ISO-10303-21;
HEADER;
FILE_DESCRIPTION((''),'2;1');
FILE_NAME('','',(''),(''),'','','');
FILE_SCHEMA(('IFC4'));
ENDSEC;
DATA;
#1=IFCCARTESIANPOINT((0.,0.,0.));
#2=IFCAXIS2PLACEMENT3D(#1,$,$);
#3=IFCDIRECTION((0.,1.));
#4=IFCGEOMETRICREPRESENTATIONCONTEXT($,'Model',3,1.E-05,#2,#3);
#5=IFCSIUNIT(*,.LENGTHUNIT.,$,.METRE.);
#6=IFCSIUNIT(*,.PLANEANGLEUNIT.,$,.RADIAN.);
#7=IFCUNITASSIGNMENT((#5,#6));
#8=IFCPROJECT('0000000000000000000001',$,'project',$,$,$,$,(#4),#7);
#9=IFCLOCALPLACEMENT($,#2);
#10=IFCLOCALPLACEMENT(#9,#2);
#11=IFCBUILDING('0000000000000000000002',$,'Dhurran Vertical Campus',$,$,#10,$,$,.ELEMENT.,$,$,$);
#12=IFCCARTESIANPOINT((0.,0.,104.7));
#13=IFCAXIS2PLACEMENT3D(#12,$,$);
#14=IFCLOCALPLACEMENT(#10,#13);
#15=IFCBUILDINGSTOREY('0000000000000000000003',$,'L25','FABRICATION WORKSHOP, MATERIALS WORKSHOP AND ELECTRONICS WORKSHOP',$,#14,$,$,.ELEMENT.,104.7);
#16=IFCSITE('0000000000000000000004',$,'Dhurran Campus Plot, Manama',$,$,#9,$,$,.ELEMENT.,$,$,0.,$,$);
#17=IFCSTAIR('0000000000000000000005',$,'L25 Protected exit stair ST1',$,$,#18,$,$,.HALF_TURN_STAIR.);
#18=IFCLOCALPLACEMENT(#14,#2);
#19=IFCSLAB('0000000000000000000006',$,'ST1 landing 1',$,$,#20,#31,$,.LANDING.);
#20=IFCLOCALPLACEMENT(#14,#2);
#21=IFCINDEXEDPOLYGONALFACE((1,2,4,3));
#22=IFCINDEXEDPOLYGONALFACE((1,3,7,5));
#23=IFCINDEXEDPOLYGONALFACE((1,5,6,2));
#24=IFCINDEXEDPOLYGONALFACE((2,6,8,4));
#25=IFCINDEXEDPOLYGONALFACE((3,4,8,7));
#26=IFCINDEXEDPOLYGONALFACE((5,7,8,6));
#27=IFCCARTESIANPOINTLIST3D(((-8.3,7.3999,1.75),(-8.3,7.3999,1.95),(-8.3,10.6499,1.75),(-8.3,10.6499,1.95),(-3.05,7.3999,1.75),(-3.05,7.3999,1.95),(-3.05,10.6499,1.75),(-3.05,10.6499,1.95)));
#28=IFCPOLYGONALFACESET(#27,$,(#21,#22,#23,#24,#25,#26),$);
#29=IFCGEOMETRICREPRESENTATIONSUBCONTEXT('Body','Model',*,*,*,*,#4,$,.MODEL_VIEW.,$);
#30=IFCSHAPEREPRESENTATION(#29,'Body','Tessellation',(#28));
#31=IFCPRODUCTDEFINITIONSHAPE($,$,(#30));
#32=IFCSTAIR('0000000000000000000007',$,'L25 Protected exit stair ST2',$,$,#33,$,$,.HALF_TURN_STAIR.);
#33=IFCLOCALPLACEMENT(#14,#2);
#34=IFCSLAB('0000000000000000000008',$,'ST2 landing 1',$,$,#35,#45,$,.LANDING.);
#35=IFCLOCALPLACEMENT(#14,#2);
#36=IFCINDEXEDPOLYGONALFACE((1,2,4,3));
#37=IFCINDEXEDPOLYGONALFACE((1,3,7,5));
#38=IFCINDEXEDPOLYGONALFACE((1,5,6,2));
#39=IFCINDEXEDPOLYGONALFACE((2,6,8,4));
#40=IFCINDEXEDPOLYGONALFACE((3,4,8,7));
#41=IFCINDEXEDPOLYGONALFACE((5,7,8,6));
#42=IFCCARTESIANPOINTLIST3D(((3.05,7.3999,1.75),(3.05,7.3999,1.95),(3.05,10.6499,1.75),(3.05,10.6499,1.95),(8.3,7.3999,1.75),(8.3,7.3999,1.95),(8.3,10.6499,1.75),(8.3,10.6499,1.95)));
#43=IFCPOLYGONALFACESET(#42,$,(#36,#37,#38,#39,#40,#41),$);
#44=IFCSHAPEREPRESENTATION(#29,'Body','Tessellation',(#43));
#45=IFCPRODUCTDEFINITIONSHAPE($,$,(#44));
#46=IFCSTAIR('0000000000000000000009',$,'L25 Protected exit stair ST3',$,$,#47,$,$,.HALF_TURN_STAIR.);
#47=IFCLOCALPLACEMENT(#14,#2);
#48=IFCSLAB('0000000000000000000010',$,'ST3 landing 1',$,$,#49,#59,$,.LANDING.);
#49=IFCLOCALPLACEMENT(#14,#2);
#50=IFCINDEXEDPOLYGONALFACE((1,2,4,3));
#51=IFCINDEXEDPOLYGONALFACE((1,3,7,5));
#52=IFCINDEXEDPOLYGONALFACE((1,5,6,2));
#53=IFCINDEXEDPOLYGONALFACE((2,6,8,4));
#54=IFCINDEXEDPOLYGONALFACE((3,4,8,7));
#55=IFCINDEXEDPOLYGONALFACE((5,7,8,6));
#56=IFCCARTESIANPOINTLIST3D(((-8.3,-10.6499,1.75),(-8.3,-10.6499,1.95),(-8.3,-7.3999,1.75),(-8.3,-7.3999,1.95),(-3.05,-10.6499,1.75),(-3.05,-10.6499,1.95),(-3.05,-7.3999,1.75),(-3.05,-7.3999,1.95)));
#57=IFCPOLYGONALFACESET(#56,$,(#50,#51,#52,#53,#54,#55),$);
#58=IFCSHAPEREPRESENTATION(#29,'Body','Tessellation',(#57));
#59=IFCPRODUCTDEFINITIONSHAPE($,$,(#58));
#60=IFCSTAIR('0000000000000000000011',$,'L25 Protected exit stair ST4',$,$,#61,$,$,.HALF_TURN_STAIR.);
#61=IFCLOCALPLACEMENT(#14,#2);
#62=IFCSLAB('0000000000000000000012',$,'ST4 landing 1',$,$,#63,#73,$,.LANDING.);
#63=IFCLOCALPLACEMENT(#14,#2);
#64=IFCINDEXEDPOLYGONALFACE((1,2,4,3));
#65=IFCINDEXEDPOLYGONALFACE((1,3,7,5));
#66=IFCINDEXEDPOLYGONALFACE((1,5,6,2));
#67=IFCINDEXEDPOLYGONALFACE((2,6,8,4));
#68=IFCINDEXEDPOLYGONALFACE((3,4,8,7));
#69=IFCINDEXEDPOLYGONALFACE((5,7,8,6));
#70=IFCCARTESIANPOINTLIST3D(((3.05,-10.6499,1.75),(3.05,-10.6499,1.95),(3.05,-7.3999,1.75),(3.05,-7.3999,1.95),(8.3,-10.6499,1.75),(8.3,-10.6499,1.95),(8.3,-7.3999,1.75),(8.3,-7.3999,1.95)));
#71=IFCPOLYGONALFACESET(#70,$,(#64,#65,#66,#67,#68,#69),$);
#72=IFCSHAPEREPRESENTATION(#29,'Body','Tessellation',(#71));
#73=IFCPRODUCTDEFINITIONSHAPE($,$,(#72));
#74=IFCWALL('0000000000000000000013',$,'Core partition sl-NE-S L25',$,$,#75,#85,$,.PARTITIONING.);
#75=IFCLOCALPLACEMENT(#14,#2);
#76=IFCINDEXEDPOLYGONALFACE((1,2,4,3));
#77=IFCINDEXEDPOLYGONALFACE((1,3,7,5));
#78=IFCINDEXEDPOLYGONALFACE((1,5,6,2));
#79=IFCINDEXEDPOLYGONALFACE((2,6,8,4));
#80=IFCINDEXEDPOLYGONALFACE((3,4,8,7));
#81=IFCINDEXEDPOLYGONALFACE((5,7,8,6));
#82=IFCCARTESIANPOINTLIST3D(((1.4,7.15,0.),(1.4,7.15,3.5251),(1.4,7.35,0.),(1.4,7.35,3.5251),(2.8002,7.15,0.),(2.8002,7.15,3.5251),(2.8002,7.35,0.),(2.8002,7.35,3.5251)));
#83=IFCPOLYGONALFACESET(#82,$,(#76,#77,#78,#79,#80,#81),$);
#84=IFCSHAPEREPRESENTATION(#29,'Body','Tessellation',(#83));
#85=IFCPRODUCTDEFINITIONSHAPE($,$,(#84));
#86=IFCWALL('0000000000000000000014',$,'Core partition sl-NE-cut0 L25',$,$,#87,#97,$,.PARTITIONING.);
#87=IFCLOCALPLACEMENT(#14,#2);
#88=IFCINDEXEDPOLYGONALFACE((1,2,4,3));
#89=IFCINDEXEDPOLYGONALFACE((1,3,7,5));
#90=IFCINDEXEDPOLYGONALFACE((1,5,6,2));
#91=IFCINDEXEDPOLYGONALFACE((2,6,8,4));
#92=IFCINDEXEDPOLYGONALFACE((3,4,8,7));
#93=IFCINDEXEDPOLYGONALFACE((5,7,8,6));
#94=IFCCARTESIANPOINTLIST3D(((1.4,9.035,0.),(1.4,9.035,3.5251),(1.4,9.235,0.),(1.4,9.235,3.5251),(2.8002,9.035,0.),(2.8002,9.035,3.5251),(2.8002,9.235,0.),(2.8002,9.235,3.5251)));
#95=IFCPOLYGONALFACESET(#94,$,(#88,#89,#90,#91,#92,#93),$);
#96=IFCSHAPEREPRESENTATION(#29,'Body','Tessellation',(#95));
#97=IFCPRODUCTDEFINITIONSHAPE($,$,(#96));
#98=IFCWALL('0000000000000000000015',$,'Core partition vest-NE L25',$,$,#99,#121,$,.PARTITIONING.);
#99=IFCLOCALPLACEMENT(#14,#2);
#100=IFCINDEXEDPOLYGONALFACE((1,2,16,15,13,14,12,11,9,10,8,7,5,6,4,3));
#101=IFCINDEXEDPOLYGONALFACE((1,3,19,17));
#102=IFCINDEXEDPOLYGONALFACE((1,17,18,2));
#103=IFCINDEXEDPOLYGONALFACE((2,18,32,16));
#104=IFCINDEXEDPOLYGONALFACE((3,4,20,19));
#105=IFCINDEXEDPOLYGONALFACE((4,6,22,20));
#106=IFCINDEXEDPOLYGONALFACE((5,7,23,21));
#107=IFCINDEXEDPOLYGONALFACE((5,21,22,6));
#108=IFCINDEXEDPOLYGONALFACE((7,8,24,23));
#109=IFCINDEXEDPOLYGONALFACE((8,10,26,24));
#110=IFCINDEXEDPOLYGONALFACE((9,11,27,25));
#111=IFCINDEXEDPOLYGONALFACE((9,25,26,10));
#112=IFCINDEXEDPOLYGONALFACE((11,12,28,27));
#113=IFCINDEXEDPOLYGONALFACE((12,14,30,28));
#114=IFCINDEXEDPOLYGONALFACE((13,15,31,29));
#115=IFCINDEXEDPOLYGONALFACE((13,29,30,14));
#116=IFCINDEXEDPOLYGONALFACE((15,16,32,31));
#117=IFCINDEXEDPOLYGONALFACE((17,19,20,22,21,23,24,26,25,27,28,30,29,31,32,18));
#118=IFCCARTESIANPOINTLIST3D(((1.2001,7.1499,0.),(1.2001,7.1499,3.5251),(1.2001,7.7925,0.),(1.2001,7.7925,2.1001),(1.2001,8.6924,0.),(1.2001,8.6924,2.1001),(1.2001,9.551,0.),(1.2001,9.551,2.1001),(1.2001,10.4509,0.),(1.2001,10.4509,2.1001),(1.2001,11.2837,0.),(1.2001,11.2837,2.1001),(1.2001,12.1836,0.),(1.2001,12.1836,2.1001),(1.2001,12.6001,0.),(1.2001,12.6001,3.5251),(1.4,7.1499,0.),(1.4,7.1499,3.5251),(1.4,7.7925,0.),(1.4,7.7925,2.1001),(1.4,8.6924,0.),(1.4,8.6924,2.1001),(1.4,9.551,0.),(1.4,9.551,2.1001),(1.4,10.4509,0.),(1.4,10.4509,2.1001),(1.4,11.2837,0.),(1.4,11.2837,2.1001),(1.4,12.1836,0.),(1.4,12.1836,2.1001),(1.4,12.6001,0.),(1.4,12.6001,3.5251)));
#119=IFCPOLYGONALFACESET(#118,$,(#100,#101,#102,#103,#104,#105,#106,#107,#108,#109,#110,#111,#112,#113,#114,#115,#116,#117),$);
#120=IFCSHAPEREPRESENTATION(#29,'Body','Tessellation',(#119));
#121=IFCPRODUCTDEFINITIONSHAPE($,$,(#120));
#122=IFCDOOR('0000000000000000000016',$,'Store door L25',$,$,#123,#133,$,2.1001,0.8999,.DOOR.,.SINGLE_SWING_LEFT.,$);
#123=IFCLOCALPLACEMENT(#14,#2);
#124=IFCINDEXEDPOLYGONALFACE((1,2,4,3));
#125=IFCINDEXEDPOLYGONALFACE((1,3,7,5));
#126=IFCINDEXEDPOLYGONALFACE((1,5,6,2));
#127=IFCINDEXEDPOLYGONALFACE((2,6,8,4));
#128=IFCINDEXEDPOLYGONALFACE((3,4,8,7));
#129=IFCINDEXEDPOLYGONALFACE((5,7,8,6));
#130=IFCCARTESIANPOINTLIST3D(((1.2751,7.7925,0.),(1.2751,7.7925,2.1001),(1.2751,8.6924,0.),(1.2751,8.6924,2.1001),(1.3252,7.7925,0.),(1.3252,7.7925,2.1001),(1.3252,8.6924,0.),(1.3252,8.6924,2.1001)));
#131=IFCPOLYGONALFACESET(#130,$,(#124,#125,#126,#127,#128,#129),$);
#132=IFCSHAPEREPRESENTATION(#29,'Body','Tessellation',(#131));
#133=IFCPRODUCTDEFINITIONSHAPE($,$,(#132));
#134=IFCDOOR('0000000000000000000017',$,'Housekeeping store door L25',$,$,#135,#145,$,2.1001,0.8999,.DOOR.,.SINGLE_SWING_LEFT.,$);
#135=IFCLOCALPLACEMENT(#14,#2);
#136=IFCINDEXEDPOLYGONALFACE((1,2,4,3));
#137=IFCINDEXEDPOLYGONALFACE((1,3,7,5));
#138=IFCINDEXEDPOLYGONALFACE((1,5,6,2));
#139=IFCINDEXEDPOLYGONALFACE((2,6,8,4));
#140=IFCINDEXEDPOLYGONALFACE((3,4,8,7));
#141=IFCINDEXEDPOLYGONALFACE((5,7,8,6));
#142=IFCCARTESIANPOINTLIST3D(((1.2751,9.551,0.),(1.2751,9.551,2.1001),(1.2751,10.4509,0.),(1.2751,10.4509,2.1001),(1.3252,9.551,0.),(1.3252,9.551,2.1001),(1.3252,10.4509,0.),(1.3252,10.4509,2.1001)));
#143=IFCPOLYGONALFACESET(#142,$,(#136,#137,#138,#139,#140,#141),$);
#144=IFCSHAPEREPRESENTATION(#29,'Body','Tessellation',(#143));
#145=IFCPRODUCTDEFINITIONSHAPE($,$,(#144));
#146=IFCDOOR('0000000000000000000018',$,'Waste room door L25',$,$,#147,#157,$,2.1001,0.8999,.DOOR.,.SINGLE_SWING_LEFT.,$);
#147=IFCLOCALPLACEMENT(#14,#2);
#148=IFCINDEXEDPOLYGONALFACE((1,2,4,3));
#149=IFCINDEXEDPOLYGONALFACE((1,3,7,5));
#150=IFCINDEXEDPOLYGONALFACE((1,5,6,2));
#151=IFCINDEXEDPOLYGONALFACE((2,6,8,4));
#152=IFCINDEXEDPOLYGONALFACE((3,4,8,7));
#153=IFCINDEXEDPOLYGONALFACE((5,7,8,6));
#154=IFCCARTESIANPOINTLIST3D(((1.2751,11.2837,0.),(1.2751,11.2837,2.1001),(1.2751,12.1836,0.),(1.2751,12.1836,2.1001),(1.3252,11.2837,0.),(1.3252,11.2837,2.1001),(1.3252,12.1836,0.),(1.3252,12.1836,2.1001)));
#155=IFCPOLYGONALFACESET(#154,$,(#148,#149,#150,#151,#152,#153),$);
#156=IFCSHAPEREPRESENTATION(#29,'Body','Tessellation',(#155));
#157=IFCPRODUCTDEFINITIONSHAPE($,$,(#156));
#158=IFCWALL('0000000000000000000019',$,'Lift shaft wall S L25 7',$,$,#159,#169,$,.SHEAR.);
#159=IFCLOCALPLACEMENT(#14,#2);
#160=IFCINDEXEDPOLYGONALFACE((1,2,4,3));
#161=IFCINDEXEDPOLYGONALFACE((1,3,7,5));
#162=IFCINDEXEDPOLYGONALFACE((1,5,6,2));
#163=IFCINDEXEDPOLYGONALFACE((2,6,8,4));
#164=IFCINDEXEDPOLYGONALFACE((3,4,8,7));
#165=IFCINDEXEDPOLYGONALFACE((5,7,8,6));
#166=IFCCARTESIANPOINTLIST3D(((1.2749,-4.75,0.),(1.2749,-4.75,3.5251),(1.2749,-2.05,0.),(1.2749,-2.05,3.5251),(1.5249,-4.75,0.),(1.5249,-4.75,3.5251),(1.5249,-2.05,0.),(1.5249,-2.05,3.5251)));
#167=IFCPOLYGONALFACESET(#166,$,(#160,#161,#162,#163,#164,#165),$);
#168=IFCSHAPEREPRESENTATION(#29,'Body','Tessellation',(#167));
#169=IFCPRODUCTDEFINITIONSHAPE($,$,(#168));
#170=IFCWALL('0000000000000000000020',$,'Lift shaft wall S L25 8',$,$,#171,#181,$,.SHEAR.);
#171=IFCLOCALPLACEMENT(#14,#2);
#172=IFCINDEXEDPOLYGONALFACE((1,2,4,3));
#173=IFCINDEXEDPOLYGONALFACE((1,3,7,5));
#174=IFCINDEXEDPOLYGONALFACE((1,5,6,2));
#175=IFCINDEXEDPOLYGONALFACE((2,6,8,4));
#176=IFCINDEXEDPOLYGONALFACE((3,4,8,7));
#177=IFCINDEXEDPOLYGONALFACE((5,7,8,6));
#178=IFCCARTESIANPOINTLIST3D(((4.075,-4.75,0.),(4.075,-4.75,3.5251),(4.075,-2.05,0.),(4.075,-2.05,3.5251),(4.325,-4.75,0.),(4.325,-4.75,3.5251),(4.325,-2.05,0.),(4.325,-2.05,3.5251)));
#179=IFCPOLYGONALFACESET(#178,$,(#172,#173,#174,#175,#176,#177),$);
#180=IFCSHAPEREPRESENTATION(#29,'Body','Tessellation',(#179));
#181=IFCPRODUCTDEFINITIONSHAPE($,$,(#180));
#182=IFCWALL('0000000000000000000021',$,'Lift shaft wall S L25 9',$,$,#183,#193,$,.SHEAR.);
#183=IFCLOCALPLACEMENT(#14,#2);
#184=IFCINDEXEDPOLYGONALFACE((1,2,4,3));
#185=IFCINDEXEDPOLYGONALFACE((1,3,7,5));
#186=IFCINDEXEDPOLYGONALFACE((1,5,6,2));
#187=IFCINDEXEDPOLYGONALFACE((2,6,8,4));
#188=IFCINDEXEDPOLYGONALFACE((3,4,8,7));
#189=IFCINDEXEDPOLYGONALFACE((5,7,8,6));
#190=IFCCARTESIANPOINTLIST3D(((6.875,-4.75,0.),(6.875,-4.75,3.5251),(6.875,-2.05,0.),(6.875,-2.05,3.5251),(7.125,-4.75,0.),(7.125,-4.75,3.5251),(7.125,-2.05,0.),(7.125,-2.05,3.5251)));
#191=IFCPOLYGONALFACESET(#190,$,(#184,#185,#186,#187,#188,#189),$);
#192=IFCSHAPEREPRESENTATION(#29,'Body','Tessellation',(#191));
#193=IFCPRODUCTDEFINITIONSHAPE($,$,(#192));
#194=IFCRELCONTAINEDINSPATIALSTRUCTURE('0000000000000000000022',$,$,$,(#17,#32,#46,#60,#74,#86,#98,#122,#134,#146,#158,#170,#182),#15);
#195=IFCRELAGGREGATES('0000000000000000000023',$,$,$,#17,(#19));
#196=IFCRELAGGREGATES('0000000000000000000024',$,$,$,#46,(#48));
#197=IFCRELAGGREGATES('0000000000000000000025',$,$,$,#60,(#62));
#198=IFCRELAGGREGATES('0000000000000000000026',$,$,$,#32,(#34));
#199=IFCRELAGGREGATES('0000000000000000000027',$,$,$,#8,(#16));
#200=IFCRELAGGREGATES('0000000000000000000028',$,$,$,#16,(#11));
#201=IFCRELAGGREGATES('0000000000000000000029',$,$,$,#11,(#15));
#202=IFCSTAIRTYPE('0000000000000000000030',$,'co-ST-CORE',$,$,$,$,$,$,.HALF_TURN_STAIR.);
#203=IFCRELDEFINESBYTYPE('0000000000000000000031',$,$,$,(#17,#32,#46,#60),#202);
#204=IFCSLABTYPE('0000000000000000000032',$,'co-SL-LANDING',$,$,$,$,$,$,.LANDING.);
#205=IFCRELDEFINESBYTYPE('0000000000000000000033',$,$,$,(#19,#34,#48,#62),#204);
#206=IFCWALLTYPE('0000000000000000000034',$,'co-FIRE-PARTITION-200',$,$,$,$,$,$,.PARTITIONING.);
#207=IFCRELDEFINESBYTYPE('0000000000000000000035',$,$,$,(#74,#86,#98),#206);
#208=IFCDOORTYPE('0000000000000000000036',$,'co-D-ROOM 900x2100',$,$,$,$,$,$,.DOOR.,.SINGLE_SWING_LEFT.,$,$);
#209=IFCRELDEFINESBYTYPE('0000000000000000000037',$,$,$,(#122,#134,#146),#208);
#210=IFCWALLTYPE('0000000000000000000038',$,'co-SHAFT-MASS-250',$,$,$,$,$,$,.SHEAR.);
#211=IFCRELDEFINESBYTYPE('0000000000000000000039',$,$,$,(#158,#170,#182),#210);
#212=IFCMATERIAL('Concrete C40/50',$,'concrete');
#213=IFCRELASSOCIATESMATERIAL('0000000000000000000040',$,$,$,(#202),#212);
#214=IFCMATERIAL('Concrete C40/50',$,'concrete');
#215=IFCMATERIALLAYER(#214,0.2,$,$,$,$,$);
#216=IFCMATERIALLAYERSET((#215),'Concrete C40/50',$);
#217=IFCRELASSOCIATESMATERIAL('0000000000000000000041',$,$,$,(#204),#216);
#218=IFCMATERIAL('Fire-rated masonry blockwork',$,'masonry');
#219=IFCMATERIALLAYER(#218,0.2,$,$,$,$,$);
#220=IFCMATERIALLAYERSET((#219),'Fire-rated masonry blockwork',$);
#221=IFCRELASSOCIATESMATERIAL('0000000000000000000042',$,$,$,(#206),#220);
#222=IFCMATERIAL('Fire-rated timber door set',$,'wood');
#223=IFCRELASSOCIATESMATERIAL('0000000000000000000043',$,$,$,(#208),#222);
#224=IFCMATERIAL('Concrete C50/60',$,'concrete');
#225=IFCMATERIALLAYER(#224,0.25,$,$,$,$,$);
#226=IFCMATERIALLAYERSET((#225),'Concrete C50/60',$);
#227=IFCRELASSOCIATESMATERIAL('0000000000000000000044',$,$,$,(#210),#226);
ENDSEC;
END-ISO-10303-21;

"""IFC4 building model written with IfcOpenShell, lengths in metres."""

from ifc_helpers import new_model, si_unit, direction, frame, frame_2d, origin, place, context, subcontext, project, spatial, polyline, rectangle, outline, extrude, material, layer, layer_set, type_object, element, fill, aggregate, save


model = new_model("IFC4")

# Units and contexts
model_context = context("Model", 3, precision=1e-05, world=origin(), true_north=direction((0.0, 1.0)))
body_context = subcontext(model_context, "Body", "Model", "MODEL_VIEW")
ifc_project = project(units=[si_unit("LENGTHUNIT", "METRE"), si_unit("PLANEANGLEUNIT", "RADIAN")], contexts=[model_context])

# Site, building, storey
site_placement = place(None, origin())
site = spatial("IfcSite", under=ifc_project, at=site_placement, Name="Dhurran Campus Plot, Manama", CompositionType="ELEMENT", RefElevation=0.0)
building_placement = place(site_placement, origin())
building = spatial("IfcBuilding", under=site, at=building_placement, Name="Dhurran Vertical Campus", CompositionType="ELEMENT")
storey_placement = place(building_placement, frame((0.0, 0.0, 104.7)))
storey = spatial("IfcBuildingStorey", under=building, at=storey_placement, Name="L25", Description="FABRICATION WORKSHOP, MATERIALS WORKSHOP AND ELECTRONICS WORKSHOP", CompositionType="ELEMENT", Elevation=104.7)

# Stairs, slabs
ifc_material_1 = material(Name="Concrete C40/50", Category="concrete")
stair_type = type_object("IfcStairType", Name="co-ST-CORE", PredefinedType="HALF_TURN_STAIR", material=ifc_material_1)
stair_1_placement = place(storey_placement, origin())
stair_1 = element("IfcStair", 1, at=stair_1_placement, inside=storey, type_object=stair_type, Name="L25 Protected exit stair ST1", PredefinedType="HALF_TURN_STAIR")
ifc_material_2 = material(Name="Concrete C40/50", Category="concrete")
ifc_layer_1 = layer(ifc_material_2, 0.2)
ifc_layer_set_1 = layer_set([ifc_layer_1], Name="Concrete C40/50")
slab_type = type_object("IfcSlabType", Name="co-SL-LANDING", PredefinedType="LANDING", material=ifc_layer_set_1)
slab_1_placement = place(storey_placement, frame((0.0, 0.0, 1.75)))
slab_1 = element("IfcSlab", 2, at=slab_1_placement, type_object=slab_type, Name="ST1 landing 1", PredefinedType="LANDING", context=body_context, shape_type="SweptSolid", body=[
    extrude(outline(polyline([(-8.3, 7.3999), (-3.05, 7.3999), (-3.05, 10.6499), (-8.3, 10.6499), (-8.3, 7.3999)])), origin(), (0.0, 0.0, 1.0), 0.2),
])
aggregate(stair_1, [slab_1])
stair_2_placement = place(storey_placement, origin())
stair_2 = element("IfcStair", 3, at=stair_2_placement, inside=storey, type_object=stair_type, Name="L25 Protected exit stair ST2", PredefinedType="HALF_TURN_STAIR")
slab_2_placement = place(storey_placement, frame((0.0, 0.0, 1.75)))
slab_2 = element("IfcSlab", 4, at=slab_2_placement, type_object=slab_type, Name="ST2 landing 1", PredefinedType="LANDING", context=body_context, shape_type="SweptSolid", body=[
    extrude(outline(polyline([(8.3, 10.6499), (3.05, 10.6499), (3.05, 7.3999), (8.3, 7.3999), (8.3, 10.6499)])), origin(), (0.0, 0.0, 1.0), 0.2),
])
stair_3_placement = place(storey_placement, origin())
stair_3 = element("IfcStair", 5, at=stair_3_placement, inside=storey, type_object=stair_type, Name="L25 Protected exit stair ST3", PredefinedType="HALF_TURN_STAIR")
slab_3_placement = place(storey_placement, frame((0.0, 0.0, 1.75)))
slab_3 = element("IfcSlab", 6, at=slab_3_placement, type_object=slab_type, Name="ST3 landing 1", PredefinedType="LANDING", context=body_context, shape_type="SweptSolid", body=[
    extrude(outline(polyline([(-8.3, -10.6499), (-3.05, -10.6499), (-3.05, -7.3999), (-8.3, -7.3999), (-8.3, -10.6499)])), origin(), (0.0, 0.0, 1.0), 0.2),
])
aggregate(stair_3, [slab_3])
stair_4_placement = place(storey_placement, origin())
stair_4 = element("IfcStair", 7, at=stair_4_placement, inside=storey, type_object=stair_type, Name="L25 Protected exit stair ST4", PredefinedType="HALF_TURN_STAIR")
slab_4_placement = place(storey_placement, frame((0.0, 0.0, 1.75)))
slab_4 = element("IfcSlab", 8, at=slab_4_placement, type_object=slab_type, Name="ST4 landing 1", PredefinedType="LANDING", context=body_context, shape_type="SweptSolid", body=[
    extrude(outline(polyline([(8.3, -7.3999), (3.05, -7.3999), (3.05, -10.6499), (8.3, -10.6499), (8.3, -7.3999)])), origin(), (0.0, 0.0, 1.0), 0.2),
])
aggregate(stair_4, [slab_4])

# Walls
ifc_material_3 = material(Name="Fire-rated masonry blockwork", Category="masonry")
ifc_layer_2 = layer(ifc_material_3, 0.2)
ifc_layer_set_2 = layer_set([ifc_layer_2], Name="Fire-rated masonry blockwork")
wall_type_1 = type_object("IfcWallType", Name="co-FIRE-PARTITION-200", PredefinedType="PARTITIONING", material=ifc_layer_set_2)
for number, where, z_axis, x_axis, name in (
    (9, (1.3999, 7.25, 0.0), (0.0, 0.0, 1.0), (1.0, 0.0, 0.0), "Core partition sl-NE-S L25"),
    (10, (1.3999, 9.135, 0.0), (0.0, 0.0, 1.0), (1.0, 0.0, 0.0), "Core partition sl-NE-cut0 L25"),
):
    element("IfcWall", number, at=place(storey_placement, frame(where, z_axis=z_axis, x_axis=x_axis)), inside=storey, type_object=wall_type_1, Name=name, PredefinedType="PARTITIONING", context=body_context, shape_type="SweptSolid", body=[
        extrude(rectangle(XDim=1.4001, YDim=0.2, at=frame_2d((0.7002, 0.0))), origin(), (0.0, 0.0, 1.0), 3.5251),
    ])

# Wall, openings, doors
wall_1_placement = place(storey_placement, frame((1.3, 7.1499, 0.0), z_axis=(0.0, 0.0, 1.0), x_axis=(0.0, 1.0, 0.0)))
wall_1 = element("IfcWall", 11, at=wall_1_placement, inside=storey, type_object=wall_type_1, Name="Core partition vest-NE L25", PredefinedType="PARTITIONING", context=body_context, shape_type="SweptSolid", body=[
    extrude(rectangle(XDim=5.4502, YDim=0.2, at=frame_2d((2.7251, 0.0))), origin(), (0.0, 0.0, 1.0), 3.5251),
])
opening_1_placement = place(wall_1_placement, frame((0.6426, 0.0, 0.0)))
opening_1 = element("IfcOpeningElement", 12, at=opening_1_placement, cuts=wall_1, PredefinedType="OPENING", context=body_context, shape_type="SweptSolid", body=[
    extrude(rectangle(XDim=0.8999, YDim=2.1001, at=frame_2d((0.45, 1.05))), frame((0.0, 0.1099, 0.0), z_axis=(0.0, -1.0, 0.0), x_axis=(1.0, 0.0, 0.0)), (0.0, 0.0, 1.0), 0.22),
])
opening_2_placement = place(wall_1_placement, frame((2.4011, 0.0, 0.0)))
opening_2 = element("IfcOpeningElement", 13, at=opening_2_placement, cuts=wall_1, PredefinedType="OPENING", context=body_context, shape_type="SweptSolid", body=[
    extrude(rectangle(XDim=0.8999, YDim=2.1001, at=frame_2d((0.45, 1.05))), frame((0.0, 0.1099, 0.0), z_axis=(0.0, -1.0, 0.0), x_axis=(1.0, 0.0, 0.0)), (0.0, 0.0, 1.0), 0.22),
])
opening_3_placement = place(wall_1_placement, frame((4.1338, 0.0, 0.0)))
opening_3 = element("IfcOpeningElement", 14, at=opening_3_placement, cuts=wall_1, PredefinedType="OPENING", context=body_context, shape_type="SweptSolid", body=[
    extrude(rectangle(XDim=0.8999, YDim=2.1001, at=frame_2d((0.45, 1.05))), frame((0.0, 0.1099, 0.0), z_axis=(0.0, -1.0, 0.0), x_axis=(1.0, 0.0, 0.0)), (0.0, 0.0, 1.0), 0.22),
])
ifc_material_4 = material(Name="Fire-rated timber door set", Category="wood")
door_type_1 = type_object("IfcDoorType", Name="co-D-ROOM 900x2100", OperationType="SINGLE_SWING_LEFT", PredefinedType="DOOR", material=ifc_material_4)
door_1_placement = place(opening_1_placement, origin())
door_1 = element("IfcDoor", 15, at=door_1_placement, inside=storey, type_object=door_type_1, Name="Store door L25", OperationType="SINGLE_SWING_LEFT", OverallHeight=2.1001, OverallWidth=0.8999, PredefinedType="DOOR", context=body_context, shape_type="SweptSolid", body=[
    extrude(rectangle(XDim=0.8999, YDim=2.1001, at=frame_2d((0.45, 1.05))), frame((0.0, 0.0249, 0.0), z_axis=(0.0, -1.0, 0.0), x_axis=(1.0, 0.0, 0.0)), (0.0, 0.0, 1.0), 0.05),
])
fill(opening_1, door_1)
door_2_placement = place(opening_2_placement, origin())
door_2 = element("IfcDoor", 16, at=door_2_placement, inside=storey, type_object=door_type_1, Name="Housekeeping store door L25", OperationType="SINGLE_SWING_LEFT", OverallHeight=2.1001, OverallWidth=0.8999, PredefinedType="DOOR", context=body_context, shape_type="SweptSolid", body=[
    extrude(rectangle(XDim=0.8999, YDim=2.1001, at=frame_2d((0.45, 1.05))), frame((0.0, 0.0249, 0.0), z_axis=(0.0, -1.0, 0.0), x_axis=(1.0, 0.0, 0.0)), (0.0, 0.0, 1.0), 0.05),
])
fill(opening_2, door_2)
door_3_placement = place(opening_3_placement, origin())
door_3 = element("IfcDoor", 17, at=door_3_placement, inside=storey, type_object=door_type_1, Name="Waste room door L25", OperationType="SINGLE_SWING_LEFT", OverallHeight=2.1001, OverallWidth=0.8999, PredefinedType="DOOR", context=body_context, shape_type="SweptSolid", body=[
    extrude(rectangle(XDim=0.8999, YDim=2.1001, at=frame_2d((0.45, 1.05))), frame((0.0, 0.0249, 0.0), z_axis=(0.0, -1.0, 0.0), x_axis=(1.0, 0.0, 0.0)), (0.0, 0.0, 1.0), 0.05),
])
fill(opening_3, door_3)

# Walls
ifc_material_5 = material(Name="Concrete C50/60", Category="concrete")
ifc_layer_3 = layer(ifc_material_5, 0.25)
ifc_layer_set_3 = layer_set([ifc_layer_3], Name="Concrete C50/60")
wall_type_2 = type_object("IfcWallType", Name="co-SHAFT-MASS-250", PredefinedType="SHEAR", material=ifc_layer_set_3)
wall_2_placement = place(storey_placement, origin())
element("IfcWall", 18, at=wall_2_placement, inside=storey, type_object=wall_type_2, Name="Lift shaft wall S L25 7", PredefinedType="SHEAR", context=body_context, shape_type="SweptSolid", body=[
    extrude(outline(polyline([(1.2749, -4.75), (1.5249, -4.75), (1.5249, -2.05), (1.2749, -2.05), (1.2749, -4.75)])), origin(), (0.0, 0.0, 1.0), 3.5251),
])
wall_3_placement = place(storey_placement, origin())
element("IfcWall", 19, at=wall_3_placement, inside=storey, type_object=wall_type_2, Name="Lift shaft wall S L25 8", PredefinedType="SHEAR", context=body_context, shape_type="SweptSolid", body=[
    extrude(outline(polyline([(4.075, -4.75), (4.325, -4.75), (4.325, -2.05), (4.075, -2.05), (4.075, -4.75)])), origin(), (0.0, 0.0, 1.0), 3.5251),
])
wall_4_placement = place(storey_placement, origin())
element("IfcWall", 20, at=wall_4_placement, inside=storey, type_object=wall_type_2, Name="Lift shaft wall S L25 9", PredefinedType="SHEAR", context=body_context, shape_type="SweptSolid", body=[
    extrude(outline(polyline([(6.875, -4.75), (7.125, -4.75), (7.125, -2.05), (6.875, -2.05), (6.875, -4.75)])), origin(), (0.0, 0.0, 1.0), 3.5251),
])

aggregate(stair_2, [slab_2])

save(model, "model.ifc")
